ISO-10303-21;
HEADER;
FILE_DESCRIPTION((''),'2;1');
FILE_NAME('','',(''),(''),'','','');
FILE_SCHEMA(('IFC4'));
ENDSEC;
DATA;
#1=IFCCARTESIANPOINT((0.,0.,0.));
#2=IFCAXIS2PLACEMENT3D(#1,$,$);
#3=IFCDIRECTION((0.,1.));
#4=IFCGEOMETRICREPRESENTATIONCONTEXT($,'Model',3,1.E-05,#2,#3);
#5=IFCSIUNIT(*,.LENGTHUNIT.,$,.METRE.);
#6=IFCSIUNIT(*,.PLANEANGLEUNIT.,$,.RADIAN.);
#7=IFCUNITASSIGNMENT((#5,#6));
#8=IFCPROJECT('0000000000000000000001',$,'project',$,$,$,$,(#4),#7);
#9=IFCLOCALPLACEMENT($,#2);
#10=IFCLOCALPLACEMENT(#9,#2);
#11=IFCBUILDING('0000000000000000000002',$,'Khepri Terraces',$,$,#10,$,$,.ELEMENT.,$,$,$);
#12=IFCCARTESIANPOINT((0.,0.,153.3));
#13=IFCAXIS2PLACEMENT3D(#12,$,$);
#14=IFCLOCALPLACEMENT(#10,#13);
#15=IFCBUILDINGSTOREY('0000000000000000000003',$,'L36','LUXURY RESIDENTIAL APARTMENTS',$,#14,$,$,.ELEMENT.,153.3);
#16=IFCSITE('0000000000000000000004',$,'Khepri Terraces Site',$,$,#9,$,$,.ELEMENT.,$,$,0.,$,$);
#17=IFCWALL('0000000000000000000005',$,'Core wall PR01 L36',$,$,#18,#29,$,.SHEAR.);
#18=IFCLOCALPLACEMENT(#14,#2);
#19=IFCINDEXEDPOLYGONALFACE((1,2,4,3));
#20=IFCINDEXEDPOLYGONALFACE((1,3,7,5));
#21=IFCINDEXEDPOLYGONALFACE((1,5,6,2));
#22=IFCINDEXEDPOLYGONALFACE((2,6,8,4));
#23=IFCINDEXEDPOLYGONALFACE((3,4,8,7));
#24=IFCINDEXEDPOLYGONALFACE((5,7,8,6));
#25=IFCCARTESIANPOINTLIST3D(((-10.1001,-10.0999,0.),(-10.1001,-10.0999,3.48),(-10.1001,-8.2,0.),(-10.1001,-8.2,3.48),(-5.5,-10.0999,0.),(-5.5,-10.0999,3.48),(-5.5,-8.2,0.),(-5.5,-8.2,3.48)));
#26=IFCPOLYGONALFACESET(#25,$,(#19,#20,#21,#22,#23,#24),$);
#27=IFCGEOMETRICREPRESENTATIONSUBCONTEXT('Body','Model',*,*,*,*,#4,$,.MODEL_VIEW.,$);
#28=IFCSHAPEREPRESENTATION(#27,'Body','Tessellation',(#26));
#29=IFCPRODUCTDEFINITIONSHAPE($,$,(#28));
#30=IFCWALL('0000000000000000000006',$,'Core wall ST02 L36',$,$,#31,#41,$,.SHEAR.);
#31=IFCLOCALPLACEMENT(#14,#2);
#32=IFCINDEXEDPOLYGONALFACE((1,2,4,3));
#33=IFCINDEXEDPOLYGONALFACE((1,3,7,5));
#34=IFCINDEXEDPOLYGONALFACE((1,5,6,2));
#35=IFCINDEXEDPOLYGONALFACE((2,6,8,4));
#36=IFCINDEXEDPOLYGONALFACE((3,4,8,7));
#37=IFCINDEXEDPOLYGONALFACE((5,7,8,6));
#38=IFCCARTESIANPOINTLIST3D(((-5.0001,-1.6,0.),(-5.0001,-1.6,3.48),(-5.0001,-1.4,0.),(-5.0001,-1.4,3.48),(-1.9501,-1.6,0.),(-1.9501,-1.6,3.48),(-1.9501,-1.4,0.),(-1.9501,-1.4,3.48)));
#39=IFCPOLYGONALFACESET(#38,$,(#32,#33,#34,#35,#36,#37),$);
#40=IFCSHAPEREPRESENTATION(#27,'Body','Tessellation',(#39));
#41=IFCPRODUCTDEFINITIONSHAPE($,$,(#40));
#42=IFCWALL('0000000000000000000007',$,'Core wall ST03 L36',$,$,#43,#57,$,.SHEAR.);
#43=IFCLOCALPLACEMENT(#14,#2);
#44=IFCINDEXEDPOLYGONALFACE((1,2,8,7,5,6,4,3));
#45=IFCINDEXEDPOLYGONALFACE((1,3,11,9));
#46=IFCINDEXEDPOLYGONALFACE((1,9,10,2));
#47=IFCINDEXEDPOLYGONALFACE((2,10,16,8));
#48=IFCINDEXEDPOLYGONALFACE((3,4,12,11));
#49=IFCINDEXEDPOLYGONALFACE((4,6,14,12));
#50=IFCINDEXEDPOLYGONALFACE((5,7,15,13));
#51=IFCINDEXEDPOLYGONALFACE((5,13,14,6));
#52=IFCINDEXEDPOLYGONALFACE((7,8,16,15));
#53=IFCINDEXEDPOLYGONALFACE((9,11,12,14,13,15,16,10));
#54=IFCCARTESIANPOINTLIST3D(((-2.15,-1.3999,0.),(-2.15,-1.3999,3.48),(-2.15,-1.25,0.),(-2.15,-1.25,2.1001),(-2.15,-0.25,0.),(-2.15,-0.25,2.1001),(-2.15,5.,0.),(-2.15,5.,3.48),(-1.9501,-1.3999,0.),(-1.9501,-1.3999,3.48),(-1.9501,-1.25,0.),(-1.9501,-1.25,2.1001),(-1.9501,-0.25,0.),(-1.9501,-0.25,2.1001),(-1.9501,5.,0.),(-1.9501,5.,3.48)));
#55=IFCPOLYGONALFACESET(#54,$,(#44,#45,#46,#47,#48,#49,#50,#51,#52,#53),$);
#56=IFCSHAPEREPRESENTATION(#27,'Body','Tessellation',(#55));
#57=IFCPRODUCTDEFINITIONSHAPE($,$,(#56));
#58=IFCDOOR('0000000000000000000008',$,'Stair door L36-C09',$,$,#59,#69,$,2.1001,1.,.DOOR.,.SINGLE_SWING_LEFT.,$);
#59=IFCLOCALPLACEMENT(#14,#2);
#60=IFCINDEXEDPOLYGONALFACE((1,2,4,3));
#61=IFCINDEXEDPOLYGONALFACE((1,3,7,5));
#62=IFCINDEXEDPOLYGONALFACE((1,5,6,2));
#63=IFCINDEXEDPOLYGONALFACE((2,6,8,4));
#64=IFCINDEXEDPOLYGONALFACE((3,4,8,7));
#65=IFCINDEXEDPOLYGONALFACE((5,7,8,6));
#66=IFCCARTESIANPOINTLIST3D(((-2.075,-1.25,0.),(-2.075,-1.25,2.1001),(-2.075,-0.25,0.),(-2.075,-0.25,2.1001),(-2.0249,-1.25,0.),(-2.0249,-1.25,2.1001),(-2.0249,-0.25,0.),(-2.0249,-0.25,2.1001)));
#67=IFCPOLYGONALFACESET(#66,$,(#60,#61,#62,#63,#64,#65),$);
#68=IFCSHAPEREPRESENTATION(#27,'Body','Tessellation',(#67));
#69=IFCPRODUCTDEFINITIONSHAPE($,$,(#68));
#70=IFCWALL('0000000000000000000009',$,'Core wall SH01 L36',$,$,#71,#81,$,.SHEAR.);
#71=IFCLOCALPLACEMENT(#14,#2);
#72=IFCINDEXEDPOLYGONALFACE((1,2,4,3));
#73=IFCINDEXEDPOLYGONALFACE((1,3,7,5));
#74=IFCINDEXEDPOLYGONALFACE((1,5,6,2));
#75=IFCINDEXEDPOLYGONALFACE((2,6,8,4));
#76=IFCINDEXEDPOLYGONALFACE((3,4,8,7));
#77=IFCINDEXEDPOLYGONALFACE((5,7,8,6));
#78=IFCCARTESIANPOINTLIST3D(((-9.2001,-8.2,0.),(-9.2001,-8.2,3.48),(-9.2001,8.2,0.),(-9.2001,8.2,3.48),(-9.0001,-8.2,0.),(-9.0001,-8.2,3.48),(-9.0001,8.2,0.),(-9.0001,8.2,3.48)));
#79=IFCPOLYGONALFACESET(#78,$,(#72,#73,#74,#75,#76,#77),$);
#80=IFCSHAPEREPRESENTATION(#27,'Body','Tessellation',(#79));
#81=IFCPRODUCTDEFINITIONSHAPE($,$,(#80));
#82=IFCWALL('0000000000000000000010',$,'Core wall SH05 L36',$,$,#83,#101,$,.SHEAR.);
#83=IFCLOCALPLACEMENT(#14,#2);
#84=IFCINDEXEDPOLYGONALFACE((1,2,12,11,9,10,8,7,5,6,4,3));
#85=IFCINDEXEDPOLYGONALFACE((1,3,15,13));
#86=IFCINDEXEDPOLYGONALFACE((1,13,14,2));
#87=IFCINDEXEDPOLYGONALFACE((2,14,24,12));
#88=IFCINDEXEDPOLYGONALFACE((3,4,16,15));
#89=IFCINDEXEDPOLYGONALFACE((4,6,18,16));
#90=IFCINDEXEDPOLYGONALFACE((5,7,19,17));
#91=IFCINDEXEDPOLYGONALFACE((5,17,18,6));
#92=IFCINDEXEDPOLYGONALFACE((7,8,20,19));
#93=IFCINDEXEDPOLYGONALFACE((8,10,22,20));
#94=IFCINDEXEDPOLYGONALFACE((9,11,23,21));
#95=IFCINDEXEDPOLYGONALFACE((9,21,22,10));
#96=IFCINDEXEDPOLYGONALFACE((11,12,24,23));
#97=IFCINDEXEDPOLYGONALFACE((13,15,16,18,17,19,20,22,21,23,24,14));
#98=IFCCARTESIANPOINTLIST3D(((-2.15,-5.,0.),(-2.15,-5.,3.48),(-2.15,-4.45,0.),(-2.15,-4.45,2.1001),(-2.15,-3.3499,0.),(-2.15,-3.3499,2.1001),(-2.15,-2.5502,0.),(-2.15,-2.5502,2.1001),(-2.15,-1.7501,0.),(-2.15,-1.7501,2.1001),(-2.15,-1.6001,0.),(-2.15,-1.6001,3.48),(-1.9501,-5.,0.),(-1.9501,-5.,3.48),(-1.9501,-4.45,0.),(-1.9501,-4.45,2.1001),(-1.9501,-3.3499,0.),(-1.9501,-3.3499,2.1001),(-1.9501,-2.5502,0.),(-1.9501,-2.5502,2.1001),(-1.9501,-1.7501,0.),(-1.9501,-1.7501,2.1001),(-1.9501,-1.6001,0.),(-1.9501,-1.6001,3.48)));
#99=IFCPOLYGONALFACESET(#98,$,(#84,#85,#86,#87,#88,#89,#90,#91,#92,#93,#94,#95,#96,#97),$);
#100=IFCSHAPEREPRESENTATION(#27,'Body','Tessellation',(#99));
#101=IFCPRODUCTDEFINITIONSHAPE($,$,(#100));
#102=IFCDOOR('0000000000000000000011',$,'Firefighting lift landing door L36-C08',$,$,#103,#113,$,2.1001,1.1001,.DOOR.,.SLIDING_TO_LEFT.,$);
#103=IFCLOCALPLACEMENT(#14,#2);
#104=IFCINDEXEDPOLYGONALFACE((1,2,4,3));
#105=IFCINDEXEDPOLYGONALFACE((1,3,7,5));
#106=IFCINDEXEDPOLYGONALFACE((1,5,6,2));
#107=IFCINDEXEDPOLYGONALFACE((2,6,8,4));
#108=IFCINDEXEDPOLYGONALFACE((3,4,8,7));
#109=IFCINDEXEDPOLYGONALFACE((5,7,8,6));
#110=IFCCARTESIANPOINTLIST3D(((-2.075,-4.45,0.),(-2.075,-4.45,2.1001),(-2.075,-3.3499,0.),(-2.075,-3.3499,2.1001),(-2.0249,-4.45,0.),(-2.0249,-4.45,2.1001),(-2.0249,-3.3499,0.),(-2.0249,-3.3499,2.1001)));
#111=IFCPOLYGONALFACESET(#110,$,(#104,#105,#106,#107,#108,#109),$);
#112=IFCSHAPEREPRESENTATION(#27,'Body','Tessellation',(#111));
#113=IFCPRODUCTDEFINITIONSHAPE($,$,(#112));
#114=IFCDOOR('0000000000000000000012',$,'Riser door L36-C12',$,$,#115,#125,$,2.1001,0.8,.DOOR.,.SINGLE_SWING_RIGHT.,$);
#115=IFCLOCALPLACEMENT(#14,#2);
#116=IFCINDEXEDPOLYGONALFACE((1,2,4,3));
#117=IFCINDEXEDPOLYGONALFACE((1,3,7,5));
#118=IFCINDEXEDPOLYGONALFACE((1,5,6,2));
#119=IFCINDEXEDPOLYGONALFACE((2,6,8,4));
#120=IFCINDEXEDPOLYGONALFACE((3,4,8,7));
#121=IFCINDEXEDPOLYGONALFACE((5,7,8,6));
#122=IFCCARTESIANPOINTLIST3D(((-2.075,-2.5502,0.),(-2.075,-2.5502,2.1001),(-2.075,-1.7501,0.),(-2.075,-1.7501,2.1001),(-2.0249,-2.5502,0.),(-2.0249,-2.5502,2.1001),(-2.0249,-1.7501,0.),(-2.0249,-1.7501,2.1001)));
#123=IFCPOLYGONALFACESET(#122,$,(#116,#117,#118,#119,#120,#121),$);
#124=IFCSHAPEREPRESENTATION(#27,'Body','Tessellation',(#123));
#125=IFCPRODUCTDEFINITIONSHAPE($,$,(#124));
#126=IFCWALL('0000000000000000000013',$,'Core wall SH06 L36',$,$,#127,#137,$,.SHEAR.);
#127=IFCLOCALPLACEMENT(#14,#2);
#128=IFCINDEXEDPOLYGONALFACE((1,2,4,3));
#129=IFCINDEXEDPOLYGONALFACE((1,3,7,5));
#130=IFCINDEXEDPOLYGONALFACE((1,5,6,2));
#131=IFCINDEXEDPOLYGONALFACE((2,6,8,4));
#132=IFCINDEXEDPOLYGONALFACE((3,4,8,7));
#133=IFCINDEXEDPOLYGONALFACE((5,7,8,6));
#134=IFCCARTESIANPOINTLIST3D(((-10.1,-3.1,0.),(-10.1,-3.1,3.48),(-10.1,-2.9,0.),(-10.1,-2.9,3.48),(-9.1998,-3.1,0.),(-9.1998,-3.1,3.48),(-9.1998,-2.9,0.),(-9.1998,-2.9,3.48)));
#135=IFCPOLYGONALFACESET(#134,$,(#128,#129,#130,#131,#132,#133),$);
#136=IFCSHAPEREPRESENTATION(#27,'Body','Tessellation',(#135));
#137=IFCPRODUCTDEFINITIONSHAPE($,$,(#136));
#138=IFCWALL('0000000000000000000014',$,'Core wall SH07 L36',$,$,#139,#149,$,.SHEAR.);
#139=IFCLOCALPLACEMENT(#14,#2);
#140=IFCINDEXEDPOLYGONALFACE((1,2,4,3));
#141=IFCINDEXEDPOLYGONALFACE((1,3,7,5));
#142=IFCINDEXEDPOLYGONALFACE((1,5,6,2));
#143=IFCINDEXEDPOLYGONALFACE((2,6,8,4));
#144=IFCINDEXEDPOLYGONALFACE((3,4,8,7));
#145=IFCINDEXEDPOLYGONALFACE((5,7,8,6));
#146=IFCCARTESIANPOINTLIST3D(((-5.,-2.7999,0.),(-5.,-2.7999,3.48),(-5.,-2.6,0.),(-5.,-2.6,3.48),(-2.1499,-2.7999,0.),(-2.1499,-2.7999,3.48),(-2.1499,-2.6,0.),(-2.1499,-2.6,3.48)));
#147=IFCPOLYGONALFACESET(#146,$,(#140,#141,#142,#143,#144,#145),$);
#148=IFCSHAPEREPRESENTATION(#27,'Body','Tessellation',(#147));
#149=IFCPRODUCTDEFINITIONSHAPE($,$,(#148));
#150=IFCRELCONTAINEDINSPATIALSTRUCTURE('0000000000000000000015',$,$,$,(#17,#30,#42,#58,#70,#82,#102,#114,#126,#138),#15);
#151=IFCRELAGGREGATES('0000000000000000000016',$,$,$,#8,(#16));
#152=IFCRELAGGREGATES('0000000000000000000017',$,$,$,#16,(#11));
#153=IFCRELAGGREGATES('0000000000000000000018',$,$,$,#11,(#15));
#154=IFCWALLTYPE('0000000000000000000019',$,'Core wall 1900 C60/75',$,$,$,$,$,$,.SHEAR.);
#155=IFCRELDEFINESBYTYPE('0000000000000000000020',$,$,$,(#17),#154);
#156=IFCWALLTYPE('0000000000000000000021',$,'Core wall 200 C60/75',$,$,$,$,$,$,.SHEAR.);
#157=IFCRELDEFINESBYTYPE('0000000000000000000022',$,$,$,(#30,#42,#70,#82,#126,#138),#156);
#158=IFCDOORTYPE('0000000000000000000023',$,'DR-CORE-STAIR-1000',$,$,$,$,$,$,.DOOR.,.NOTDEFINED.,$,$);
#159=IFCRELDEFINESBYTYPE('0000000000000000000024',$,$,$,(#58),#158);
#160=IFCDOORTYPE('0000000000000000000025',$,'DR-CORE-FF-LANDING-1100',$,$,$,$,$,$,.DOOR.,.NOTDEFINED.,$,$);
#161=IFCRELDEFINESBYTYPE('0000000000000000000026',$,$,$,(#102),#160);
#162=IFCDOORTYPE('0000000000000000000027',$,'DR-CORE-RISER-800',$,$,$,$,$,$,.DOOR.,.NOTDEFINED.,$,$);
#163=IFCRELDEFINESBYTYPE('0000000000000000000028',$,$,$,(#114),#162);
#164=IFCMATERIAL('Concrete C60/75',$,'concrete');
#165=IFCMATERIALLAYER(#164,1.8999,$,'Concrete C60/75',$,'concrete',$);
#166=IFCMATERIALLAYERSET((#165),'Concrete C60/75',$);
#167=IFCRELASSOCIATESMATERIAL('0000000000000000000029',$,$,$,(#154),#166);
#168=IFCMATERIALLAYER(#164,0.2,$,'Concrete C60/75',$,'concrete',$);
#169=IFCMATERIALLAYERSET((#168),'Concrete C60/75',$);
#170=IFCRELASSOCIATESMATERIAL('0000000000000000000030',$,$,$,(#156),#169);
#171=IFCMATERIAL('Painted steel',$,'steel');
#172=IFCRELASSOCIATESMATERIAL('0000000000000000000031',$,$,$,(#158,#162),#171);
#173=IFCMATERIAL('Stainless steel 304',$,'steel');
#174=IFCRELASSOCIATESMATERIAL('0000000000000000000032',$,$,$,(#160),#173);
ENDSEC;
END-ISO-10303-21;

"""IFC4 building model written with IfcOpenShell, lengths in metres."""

from ifc_helpers import new_model, si_unit, direction, frame, frame_2d, origin, place, context, subcontext, project, spatial, rectangle, extrude, material, layer, layer_set, type_object, element, fill, save


model = new_model("IFC4")

# Units and contexts
model_context = context("Model", 3, precision=1e-05, world=origin(), true_north=direction((0.0, 1.0)))
body_context = subcontext(model_context, "Body", "Model", "MODEL_VIEW")
ifc_project = project(units=[si_unit("LENGTHUNIT", "METRE"), si_unit("PLANEANGLEUNIT", "RADIAN")], contexts=[model_context])

# Site, building, storey
site_placement = place(None, origin())
site = spatial("IfcSite", under=ifc_project, at=site_placement, Name="Khepri Terraces Site", CompositionType="ELEMENT", RefElevation=0.0)
building_placement = place(site_placement, origin())
building = spatial("IfcBuilding", under=site, at=building_placement, Name="Khepri Terraces", CompositionType="ELEMENT")
storey_placement = place(building_placement, frame((0.0, 0.0, 153.3)))
storey = spatial("IfcBuildingStorey", under=building, at=storey_placement, Name="L36", Description="LUXURY RESIDENTIAL APARTMENTS", CompositionType="ELEMENT", Elevation=153.3)

# Walls
ifc_material_1 = material(Name="Concrete C60/75", Category="concrete")
ifc_layer_1 = layer(ifc_material_1, 1.8999, Name="Concrete C60/75", Category="concrete")
ifc_layer_set_1 = layer_set([ifc_layer_1], Name="Concrete C60/75")
wall_type_1 = type_object("IfcWallType", Name="Core wall 1900 C60/75", PredefinedType="SHEAR", material=ifc_layer_set_1)
wall_1_placement = place(storey_placement, frame((-10.1001, -9.1499, 0.0), z_axis=(0.0, 0.0, 1.0), x_axis=(1.0, 0.0, 0.0)))
element("IfcWall", 1, at=wall_1_placement, inside=storey, type_object=wall_type_1, Name="Core wall PR01 L36", PredefinedType="SHEAR", context=body_context, shape_type="SweptSolid", body=[
    extrude(rectangle(XDim=4.6001, YDim=1.8999, at=frame_2d((2.3, 0.0))), origin(), (0.0, 0.0, 1.0), 3.48),
])
ifc_layer_2 = layer(ifc_material_1, 0.2, Name="Concrete C60/75", Category="concrete")
ifc_layer_set_2 = layer_set([ifc_layer_2], Name="Concrete C60/75")
wall_type_2 = type_object("IfcWallType", Name="Core wall 200 C60/75", PredefinedType="SHEAR", material=ifc_layer_set_2)
wall_2_placement = place(storey_placement, frame((-5.0, -1.5, 0.0), z_axis=(0.0, 0.0, 1.0), x_axis=(1.0, 0.0, 0.0)))
element("IfcWall", 2, at=wall_2_placement, inside=storey, type_object=wall_type_2, Name="Core wall ST02 L36", PredefinedType="SHEAR", context=body_context, shape_type="SweptSolid", body=[
    extrude(rectangle(XDim=3.05, YDim=0.2, at=frame_2d((1.5249, 0.0))), origin(), (0.0, 0.0, 1.0), 3.48),
])

# Wall, opening, door
wall_3_placement = place(storey_placement, frame((-2.05, -1.3999, 0.0), z_axis=(0.0, 0.0, 1.0), x_axis=(0.0, 1.0, 0.0)))
wall_3 = element("IfcWall", 3, at=wall_3_placement, inside=storey, type_object=wall_type_2, Name="Core wall ST03 L36", PredefinedType="SHEAR", context=body_context, shape_type="SweptSolid", body=[
    extrude(rectangle(XDim=6.3999, YDim=0.2, at=frame_2d((3.2, 0.0))), origin(), (0.0, 0.0, 1.0), 3.48),
])
opening_1_placement = place(wall_3_placement, frame((0.1499, 0.0, 0.0)))
opening_1 = element("IfcOpeningElement", 4, at=opening_1_placement, cuts=wall_3, PredefinedType="OPENING", context=body_context, shape_type="SweptSolid", body=[
    extrude(rectangle(XDim=1.0, YDim=2.1001, at=frame_2d((0.5, 1.05))), frame((0.0, 0.1099, 0.0), z_axis=(0.0, -1.0, 0.0), x_axis=(1.0, 0.0, 0.0)), (0.0, 0.0, 1.0), 0.22),
])
ifc_material_2 = material(Name="Painted steel", Category="steel")
door_type_1 = type_object("IfcDoorType", Name="DR-CORE-STAIR-1000", OperationType="NOTDEFINED", PredefinedType="DOOR", material=ifc_material_2)
door_1_placement = place(opening_1_placement, origin())
door_1 = element("IfcDoor", 5, at=door_1_placement, inside=storey, type_object=door_type_1, Name="Stair door L36-C09", OperationType="SINGLE_SWING_LEFT", OverallHeight=2.1001, OverallWidth=1.0, PredefinedType="DOOR", context=body_context, shape_type="SweptSolid", body=[
    extrude(rectangle(XDim=1.0, YDim=2.1001, at=frame_2d((0.5, 1.05))), frame((0.0, 0.0249, 0.0), z_axis=(0.0, -1.0, 0.0), x_axis=(1.0, 0.0, 0.0)), (0.0, 0.0, 1.0), 0.05),
])
fill(opening_1, door_1)

# Wall
wall_4_placement = place(storey_placement, frame((-9.1001, -8.2, 0.0), z_axis=(0.0, 0.0, 1.0), x_axis=(0.0, 1.0, 0.0)))
element("IfcWall", 6, at=wall_4_placement, inside=storey, type_object=wall_type_2, Name="Core wall SH01 L36", PredefinedType="SHEAR", context=body_context, shape_type="SweptSolid", body=[
    extrude(rectangle(XDim=16.3999, YDim=0.2, at=frame_2d((8.2, 0.0))), origin(), (0.0, 0.0, 1.0), 3.48),
])

# Wall, openings, doors
wall_5_placement = place(storey_placement, frame((-2.05, -5.0, 0.0), z_axis=(0.0, 0.0, 1.0), x_axis=(0.0, 1.0, 0.0)))
wall_5 = element("IfcWall", 7, at=wall_5_placement, inside=storey, type_object=wall_type_2, Name="Core wall SH05 L36", PredefinedType="SHEAR", context=body_context, shape_type="SweptSolid", body=[
    extrude(rectangle(XDim=3.3999, YDim=0.2, at=frame_2d((1.7, 0.0))), origin(), (0.0, 0.0, 1.0), 3.48),
])
opening_2_placement = place(wall_5_placement, frame((0.55, 0.0, 0.0)))
opening_2 = element("IfcOpeningElement", 8, at=opening_2_placement, cuts=wall_5, PredefinedType="OPENING", context=body_context, shape_type="SweptSolid", body=[
    extrude(rectangle(XDim=1.1001, YDim=2.1001, at=frame_2d((0.55, 1.05))), frame((0.0, 0.1099, 0.0), z_axis=(0.0, -1.0, 0.0), x_axis=(1.0, 0.0, 0.0)), (0.0, 0.0, 1.0), 0.22),
])
opening_3_placement = place(wall_5_placement, frame((2.45, 0.0, 0.0)))
opening_3 = element("IfcOpeningElement", 9, at=opening_3_placement, cuts=wall_5, PredefinedType="OPENING", context=body_context, shape_type="SweptSolid", body=[
    extrude(rectangle(XDim=0.8, YDim=2.1001, at=frame_2d((0.3999, 1.05))), frame((0.0, 0.1099, 0.0), z_axis=(0.0, -1.0, 0.0), x_axis=(1.0, 0.0, 0.0)), (0.0, 0.0, 1.0), 0.22),
])
ifc_material_3 = material(Name="Stainless steel 304", Category="steel")
door_type_2 = type_object("IfcDoorType", Name="DR-CORE-FF-LANDING-1100", OperationType="NOTDEFINED", PredefinedType="DOOR", material=ifc_material_3)
door_2_placement = place(opening_2_placement, origin())
door_2 = element("IfcDoor", 10, at=door_2_placement, inside=storey, type_object=door_type_2, Name="Firefighting lift landing door L36-C08", OperationType="SLIDING_TO_LEFT", OverallHeight=2.1001, OverallWidth=1.1001, PredefinedType="DOOR", context=body_context, shape_type="SweptSolid", body=[
    extrude(rectangle(XDim=1.1001, YDim=2.1001, at=frame_2d((0.55, 1.05))), frame((0.0, 0.0249, 0.0), z_axis=(0.0, -1.0, 0.0), x_axis=(1.0, 0.0, 0.0)), (0.0, 0.0, 1.0), 0.05),
])
fill(opening_2, door_2)
door_type_3 = type_object("IfcDoorType", Name="DR-CORE-RISER-800", OperationType="NOTDEFINED", PredefinedType="DOOR", material=ifc_material_2)
door_3_placement = place(opening_3_placement, origin())
door_3 = element("IfcDoor", 11, at=door_3_placement, inside=storey, type_object=door_type_3, Name="Riser door L36-C12", OperationType="SINGLE_SWING_RIGHT", OverallHeight=2.1001, OverallWidth=0.8, PredefinedType="DOOR", context=body_context, shape_type="SweptSolid", body=[
    extrude(rectangle(XDim=0.8, YDim=2.1001, at=frame_2d((0.3999, 1.05))), frame((0.0, 0.0249, 0.0), z_axis=(0.0, -1.0, 0.0), x_axis=(1.0, 0.0, 0.0)), (0.0, 0.0, 1.0), 0.05),
])
fill(opening_3, door_3)

# Walls
wall_6_placement = place(storey_placement, frame((-10.1001, -3.0, 0.0), z_axis=(0.0, 0.0, 1.0), x_axis=(1.0, 0.0, 0.0)))
element("IfcWall", 12, at=wall_6_placement, inside=storey, type_object=wall_type_2, Name="Core wall SH06 L36", PredefinedType="SHEAR", context=body_context, shape_type="SweptSolid", body=[
    extrude(rectangle(XDim=0.9001, YDim=0.2, at=frame_2d((0.4502, 0.0))), origin(), (0.0, 0.0, 1.0), 3.48),
])
wall_7_placement = place(storey_placement, frame((-5.0, -2.7, 0.0), z_axis=(0.0, 0.0, 1.0), x_axis=(1.0, 0.0, 0.0)))
element("IfcWall", 13, at=wall_7_placement, inside=storey, type_object=wall_type_2, Name="Core wall SH07 L36", PredefinedType="SHEAR", context=body_context, shape_type="SweptSolid", body=[
    extrude(rectangle(XDim=2.8501, YDim=0.2, at=frame_2d((1.425, 0.0))), origin(), (0.0, 0.0, 1.0), 3.48),
])

save(model, "model.ifc")
